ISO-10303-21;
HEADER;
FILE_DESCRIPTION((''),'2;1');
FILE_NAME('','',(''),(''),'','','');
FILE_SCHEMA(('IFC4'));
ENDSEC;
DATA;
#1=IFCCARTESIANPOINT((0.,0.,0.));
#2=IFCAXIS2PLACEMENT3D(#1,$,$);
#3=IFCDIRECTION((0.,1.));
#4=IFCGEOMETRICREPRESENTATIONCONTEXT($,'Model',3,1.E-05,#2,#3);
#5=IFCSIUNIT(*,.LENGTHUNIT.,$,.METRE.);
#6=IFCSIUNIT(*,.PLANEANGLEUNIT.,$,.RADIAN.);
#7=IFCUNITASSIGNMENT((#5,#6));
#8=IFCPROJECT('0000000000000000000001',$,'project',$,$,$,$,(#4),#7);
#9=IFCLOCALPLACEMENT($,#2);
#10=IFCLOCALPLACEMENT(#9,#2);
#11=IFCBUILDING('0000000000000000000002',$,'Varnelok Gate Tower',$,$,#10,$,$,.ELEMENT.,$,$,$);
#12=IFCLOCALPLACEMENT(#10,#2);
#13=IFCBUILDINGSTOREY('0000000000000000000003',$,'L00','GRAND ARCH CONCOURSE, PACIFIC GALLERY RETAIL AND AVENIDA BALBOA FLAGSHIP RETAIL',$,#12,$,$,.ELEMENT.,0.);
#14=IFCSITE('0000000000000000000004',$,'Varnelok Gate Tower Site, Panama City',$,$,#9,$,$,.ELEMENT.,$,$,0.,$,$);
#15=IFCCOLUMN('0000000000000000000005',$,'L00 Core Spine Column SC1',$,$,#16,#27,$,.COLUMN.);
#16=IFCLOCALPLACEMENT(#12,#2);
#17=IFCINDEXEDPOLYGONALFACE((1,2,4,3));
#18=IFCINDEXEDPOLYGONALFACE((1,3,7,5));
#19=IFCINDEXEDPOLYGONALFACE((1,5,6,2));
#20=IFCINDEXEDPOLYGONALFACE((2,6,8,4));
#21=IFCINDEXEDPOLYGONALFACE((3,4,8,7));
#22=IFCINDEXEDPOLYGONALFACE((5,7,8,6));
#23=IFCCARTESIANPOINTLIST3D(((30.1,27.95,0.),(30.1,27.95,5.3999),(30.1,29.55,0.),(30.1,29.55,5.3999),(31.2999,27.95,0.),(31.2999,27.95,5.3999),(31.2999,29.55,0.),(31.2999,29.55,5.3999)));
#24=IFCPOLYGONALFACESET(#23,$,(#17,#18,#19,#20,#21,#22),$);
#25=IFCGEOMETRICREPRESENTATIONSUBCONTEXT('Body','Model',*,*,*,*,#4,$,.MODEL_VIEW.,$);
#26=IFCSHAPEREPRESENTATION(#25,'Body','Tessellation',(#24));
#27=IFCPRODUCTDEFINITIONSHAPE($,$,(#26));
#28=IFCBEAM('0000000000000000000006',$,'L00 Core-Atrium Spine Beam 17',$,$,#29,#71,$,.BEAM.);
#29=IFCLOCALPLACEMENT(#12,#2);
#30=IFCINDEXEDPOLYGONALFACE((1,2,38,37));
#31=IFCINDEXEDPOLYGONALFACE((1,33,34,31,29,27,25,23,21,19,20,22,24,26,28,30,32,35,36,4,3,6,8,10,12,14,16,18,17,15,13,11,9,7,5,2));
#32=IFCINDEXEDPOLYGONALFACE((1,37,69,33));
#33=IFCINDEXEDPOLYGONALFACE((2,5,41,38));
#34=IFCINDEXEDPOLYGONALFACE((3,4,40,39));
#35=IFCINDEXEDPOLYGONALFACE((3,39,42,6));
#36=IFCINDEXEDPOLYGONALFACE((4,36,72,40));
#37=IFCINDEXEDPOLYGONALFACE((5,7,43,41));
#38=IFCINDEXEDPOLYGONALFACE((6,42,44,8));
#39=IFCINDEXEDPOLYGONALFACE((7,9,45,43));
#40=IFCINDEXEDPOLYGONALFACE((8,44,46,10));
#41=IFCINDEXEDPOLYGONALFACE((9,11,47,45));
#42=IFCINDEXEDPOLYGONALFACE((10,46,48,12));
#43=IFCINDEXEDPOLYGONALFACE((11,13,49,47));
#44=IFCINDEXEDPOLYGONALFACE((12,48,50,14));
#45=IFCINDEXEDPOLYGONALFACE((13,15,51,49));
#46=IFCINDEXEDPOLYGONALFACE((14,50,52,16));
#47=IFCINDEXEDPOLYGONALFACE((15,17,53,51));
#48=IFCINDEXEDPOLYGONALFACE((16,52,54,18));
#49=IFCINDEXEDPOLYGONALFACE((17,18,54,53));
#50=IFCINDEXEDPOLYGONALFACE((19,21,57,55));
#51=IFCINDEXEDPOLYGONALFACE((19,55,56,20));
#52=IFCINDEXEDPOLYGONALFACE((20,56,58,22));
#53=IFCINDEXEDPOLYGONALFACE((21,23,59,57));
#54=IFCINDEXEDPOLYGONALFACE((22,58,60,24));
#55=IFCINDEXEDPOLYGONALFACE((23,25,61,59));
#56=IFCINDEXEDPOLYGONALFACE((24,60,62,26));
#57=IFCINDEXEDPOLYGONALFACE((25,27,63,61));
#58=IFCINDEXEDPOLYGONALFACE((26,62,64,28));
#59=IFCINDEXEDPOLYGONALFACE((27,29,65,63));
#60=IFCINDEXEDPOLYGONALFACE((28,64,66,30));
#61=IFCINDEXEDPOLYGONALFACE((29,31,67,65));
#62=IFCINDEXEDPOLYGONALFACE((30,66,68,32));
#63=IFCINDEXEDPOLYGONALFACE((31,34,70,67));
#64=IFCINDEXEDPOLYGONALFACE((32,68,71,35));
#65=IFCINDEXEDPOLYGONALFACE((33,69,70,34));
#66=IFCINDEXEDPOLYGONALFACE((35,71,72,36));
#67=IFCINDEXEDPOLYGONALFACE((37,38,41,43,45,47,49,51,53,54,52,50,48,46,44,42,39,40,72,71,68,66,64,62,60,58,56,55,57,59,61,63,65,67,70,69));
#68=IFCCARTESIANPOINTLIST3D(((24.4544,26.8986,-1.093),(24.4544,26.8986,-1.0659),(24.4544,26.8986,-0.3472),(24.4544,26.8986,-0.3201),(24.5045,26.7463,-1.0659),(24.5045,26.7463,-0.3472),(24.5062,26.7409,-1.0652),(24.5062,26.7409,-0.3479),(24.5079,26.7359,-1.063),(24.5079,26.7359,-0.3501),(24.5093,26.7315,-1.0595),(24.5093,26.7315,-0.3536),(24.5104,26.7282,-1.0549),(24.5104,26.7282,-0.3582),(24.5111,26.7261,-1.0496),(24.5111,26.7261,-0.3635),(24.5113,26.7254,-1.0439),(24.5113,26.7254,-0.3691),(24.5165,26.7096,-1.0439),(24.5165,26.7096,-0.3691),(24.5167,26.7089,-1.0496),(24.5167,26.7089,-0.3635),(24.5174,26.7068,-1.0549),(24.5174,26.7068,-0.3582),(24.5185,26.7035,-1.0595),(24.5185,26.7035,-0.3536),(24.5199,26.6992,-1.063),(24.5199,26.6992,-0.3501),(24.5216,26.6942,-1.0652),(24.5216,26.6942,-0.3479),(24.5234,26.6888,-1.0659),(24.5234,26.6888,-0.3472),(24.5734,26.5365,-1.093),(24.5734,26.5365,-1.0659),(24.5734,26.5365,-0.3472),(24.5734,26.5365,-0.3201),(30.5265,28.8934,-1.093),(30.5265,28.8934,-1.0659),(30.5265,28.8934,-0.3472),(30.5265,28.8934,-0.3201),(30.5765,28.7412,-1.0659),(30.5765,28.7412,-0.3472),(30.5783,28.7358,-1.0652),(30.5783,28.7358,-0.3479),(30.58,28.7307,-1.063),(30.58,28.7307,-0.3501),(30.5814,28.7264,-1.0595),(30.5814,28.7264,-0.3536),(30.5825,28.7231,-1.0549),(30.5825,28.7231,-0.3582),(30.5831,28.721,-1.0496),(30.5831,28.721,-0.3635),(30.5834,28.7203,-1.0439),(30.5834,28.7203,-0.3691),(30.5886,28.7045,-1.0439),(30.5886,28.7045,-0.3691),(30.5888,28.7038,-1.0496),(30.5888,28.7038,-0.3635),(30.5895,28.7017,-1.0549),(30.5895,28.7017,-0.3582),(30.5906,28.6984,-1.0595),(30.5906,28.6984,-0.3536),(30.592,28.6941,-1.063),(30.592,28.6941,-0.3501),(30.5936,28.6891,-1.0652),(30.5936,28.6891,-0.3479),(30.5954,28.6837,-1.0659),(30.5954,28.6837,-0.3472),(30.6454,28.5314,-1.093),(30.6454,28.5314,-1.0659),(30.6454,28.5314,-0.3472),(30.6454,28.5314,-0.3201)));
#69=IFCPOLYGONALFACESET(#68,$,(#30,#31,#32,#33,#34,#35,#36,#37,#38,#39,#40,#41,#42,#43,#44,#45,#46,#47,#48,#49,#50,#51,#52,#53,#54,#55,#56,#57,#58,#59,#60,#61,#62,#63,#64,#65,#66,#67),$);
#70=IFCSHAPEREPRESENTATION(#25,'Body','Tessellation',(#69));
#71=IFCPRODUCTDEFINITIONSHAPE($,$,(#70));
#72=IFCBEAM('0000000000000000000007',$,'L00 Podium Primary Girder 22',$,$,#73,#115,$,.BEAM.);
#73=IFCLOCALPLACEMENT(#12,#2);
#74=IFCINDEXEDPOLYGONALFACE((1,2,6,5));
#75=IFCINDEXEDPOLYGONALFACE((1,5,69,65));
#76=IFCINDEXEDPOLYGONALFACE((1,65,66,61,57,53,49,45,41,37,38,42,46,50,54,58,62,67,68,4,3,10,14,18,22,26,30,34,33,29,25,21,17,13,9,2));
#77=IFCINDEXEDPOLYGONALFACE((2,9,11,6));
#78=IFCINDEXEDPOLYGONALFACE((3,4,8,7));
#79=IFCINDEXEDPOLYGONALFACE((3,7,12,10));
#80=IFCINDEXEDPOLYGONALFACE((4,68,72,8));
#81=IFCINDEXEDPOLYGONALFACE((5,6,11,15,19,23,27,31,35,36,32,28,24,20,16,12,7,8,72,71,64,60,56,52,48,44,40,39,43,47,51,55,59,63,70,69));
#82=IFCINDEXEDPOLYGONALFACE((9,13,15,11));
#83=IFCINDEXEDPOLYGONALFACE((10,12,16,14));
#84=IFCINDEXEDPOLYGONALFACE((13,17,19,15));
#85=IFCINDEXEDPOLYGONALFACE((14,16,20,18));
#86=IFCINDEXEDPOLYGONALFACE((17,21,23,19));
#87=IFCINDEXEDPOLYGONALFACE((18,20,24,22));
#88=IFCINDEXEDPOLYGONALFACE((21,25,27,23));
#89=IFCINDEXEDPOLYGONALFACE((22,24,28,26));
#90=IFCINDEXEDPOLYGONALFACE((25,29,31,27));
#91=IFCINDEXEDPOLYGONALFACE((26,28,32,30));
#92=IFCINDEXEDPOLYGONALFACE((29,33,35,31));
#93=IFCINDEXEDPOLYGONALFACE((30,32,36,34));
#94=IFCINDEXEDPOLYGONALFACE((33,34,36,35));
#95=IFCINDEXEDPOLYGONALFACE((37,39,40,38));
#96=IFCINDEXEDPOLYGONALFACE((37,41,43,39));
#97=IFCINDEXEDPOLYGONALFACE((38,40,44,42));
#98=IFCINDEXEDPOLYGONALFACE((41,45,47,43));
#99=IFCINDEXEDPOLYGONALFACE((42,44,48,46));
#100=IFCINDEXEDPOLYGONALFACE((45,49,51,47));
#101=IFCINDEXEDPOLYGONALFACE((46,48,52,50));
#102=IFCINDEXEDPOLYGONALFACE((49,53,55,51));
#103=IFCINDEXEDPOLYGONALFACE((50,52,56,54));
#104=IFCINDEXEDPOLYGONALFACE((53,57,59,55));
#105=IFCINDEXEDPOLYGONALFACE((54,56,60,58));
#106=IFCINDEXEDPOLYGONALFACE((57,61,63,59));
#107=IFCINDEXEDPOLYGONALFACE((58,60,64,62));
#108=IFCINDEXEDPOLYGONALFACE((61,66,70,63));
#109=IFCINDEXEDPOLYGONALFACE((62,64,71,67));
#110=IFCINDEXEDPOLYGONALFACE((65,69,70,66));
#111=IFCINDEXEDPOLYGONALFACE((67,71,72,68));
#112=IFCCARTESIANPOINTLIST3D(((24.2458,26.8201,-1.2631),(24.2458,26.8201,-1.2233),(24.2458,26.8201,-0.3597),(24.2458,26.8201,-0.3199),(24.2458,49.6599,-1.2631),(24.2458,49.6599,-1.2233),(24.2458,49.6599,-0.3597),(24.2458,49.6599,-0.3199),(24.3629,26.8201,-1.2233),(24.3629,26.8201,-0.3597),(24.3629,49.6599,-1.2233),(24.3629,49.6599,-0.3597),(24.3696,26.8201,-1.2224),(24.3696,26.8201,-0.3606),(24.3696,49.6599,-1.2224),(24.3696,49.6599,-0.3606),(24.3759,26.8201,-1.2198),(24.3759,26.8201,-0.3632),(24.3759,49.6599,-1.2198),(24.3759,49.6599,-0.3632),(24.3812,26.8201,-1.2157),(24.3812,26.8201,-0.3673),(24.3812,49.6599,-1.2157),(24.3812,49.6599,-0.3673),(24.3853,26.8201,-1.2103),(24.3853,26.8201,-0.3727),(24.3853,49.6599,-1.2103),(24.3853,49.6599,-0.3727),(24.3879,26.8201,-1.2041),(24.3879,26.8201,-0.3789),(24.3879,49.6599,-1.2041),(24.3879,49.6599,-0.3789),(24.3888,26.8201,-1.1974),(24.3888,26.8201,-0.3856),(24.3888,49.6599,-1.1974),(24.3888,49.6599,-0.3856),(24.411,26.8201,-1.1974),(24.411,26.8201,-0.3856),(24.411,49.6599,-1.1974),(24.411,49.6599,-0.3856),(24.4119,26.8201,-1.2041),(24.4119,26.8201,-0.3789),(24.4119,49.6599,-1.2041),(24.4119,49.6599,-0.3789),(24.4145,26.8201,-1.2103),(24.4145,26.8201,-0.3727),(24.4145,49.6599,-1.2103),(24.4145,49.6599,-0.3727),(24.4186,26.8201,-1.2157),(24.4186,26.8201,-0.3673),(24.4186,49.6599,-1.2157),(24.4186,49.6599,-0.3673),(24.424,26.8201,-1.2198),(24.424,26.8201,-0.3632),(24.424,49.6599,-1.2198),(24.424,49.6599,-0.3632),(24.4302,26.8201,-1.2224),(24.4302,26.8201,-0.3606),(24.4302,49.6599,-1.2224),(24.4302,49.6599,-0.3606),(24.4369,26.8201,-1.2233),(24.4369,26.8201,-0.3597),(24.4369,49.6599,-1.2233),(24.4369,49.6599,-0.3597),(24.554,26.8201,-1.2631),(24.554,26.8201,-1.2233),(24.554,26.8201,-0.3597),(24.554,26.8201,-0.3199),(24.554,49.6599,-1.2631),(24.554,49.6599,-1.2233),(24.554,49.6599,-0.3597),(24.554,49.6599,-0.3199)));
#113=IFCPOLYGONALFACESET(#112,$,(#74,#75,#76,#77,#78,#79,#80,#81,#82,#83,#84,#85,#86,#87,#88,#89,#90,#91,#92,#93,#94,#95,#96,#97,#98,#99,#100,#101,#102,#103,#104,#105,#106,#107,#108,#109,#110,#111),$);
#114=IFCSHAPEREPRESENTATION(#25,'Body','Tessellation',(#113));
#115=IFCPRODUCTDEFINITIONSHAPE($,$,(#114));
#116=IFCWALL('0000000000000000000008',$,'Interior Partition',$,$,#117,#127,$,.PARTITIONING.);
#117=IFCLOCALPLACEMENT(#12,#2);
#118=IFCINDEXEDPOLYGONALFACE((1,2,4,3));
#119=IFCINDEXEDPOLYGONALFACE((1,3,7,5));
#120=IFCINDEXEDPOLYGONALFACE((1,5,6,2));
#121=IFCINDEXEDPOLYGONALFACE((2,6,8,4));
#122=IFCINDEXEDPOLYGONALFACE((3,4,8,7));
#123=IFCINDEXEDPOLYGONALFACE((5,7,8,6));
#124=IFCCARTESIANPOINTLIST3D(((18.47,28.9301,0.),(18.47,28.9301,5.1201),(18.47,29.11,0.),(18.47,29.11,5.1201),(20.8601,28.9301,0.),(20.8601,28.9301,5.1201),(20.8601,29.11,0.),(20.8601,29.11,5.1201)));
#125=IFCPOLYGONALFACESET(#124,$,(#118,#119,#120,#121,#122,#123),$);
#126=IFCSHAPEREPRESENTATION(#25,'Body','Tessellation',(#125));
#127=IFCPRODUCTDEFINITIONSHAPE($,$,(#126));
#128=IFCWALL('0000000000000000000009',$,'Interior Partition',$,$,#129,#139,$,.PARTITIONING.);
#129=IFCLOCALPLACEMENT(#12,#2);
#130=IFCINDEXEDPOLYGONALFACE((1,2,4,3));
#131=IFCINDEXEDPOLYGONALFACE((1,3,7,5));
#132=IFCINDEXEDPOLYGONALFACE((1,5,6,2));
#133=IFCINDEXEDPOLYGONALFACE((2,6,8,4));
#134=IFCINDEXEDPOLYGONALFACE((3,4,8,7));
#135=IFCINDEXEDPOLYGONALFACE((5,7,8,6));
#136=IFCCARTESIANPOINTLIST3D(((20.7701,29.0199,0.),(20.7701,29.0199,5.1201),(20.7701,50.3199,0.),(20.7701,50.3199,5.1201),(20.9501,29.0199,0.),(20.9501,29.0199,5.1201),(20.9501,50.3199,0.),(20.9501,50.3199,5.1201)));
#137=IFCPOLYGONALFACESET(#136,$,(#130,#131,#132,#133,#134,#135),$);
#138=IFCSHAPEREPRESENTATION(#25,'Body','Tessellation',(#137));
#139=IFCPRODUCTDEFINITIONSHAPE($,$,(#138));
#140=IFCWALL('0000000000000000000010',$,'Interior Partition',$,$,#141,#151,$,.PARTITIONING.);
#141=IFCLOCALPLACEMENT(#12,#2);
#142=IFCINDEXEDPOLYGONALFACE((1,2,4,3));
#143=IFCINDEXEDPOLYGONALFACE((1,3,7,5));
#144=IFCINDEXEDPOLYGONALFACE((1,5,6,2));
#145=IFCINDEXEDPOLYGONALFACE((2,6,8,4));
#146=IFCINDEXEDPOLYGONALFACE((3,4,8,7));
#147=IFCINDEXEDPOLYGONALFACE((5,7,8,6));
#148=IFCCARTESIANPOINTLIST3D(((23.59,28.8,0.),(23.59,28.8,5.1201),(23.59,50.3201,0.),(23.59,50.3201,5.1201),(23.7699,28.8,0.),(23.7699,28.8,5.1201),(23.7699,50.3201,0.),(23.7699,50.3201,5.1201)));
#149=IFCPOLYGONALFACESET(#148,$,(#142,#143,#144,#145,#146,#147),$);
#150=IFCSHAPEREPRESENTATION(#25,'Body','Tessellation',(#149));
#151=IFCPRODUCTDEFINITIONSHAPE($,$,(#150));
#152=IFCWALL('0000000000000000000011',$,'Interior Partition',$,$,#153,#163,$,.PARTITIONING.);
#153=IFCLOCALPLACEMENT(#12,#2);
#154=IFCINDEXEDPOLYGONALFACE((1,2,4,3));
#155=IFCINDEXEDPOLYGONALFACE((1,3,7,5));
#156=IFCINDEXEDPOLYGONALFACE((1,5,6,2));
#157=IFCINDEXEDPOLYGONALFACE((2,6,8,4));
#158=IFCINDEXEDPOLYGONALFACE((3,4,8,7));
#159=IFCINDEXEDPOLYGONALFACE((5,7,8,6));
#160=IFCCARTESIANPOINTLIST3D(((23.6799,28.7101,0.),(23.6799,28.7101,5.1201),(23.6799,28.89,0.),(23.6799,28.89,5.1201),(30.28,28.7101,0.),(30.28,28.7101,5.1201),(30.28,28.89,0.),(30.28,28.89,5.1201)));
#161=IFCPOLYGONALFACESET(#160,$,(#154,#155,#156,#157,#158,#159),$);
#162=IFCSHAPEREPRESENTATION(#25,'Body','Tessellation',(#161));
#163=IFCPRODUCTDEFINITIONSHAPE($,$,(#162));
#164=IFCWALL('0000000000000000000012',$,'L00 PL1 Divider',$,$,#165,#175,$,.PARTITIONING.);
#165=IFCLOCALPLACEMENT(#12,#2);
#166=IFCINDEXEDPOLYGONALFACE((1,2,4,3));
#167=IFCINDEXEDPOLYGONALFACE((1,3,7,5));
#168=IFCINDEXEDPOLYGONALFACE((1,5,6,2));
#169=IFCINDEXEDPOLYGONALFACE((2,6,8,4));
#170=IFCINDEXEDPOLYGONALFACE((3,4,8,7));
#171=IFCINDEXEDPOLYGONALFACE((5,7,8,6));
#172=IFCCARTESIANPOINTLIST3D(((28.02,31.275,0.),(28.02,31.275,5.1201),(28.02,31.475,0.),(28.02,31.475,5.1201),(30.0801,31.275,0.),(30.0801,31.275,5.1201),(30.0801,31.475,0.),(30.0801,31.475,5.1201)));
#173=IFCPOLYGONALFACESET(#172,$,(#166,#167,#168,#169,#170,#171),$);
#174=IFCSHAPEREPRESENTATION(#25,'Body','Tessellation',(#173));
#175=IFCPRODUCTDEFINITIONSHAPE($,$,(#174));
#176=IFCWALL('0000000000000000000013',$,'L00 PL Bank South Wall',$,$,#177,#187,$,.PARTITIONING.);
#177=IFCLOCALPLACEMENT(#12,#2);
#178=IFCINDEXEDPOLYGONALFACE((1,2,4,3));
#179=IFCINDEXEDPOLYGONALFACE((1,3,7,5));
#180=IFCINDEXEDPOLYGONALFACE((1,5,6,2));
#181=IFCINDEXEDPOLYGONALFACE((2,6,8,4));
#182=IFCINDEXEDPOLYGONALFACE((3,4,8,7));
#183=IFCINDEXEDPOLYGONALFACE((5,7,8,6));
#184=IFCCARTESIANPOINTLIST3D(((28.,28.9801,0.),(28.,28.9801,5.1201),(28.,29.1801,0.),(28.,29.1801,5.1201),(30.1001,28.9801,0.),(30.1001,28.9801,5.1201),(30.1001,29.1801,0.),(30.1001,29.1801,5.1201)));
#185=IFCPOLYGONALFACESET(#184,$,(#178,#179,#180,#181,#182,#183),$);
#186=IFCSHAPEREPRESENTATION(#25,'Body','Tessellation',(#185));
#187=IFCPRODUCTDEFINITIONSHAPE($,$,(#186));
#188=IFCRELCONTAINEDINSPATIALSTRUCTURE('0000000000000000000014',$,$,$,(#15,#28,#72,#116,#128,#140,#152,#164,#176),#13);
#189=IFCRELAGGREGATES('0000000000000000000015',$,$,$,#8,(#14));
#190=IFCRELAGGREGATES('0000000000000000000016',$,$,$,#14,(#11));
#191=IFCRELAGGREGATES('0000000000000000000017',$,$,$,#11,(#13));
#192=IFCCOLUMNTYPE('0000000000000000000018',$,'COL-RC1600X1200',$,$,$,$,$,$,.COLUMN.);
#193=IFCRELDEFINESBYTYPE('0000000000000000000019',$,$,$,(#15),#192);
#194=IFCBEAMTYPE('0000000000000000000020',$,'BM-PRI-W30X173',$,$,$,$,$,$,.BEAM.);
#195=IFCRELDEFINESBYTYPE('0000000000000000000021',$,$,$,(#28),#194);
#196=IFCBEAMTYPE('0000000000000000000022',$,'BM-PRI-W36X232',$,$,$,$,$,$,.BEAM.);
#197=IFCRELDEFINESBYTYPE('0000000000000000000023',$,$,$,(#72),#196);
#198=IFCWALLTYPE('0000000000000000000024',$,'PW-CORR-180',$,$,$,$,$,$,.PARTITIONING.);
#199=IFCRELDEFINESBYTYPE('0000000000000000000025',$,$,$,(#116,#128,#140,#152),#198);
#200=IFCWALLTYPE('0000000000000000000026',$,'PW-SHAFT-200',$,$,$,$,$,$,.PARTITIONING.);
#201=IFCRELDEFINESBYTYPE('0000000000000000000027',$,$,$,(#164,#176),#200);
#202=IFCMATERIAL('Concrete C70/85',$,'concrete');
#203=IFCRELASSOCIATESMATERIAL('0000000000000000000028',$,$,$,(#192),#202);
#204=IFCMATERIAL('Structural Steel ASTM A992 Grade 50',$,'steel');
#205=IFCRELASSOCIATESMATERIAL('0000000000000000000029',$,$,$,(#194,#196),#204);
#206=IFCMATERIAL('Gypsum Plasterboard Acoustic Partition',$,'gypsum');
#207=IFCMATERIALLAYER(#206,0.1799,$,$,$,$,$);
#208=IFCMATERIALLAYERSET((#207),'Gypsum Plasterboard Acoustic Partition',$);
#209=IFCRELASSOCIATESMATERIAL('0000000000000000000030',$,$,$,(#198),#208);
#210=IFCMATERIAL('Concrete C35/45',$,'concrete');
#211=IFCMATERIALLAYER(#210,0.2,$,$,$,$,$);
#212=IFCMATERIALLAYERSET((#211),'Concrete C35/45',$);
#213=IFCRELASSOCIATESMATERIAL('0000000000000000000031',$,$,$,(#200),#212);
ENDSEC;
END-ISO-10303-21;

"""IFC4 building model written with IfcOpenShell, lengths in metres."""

from ifc_helpers import new_model, si_unit, direction, frame, frame_2d, origin, origin_2d, place, context, subcontext, project, spatial, rectangle, i_section, extrude, material, layer, layer_set, material_profile, profile_set, type_object, element, save


model = new_model("IFC4")

# Units and contexts
model_context = context("Model", 3, precision=1e-05, world=origin(), true_north=direction((0.0, 1.0)))
body_context = subcontext(model_context, "Body", "Model", "MODEL_VIEW")
ifc_project = project(units=[si_unit("LENGTHUNIT", "METRE"), si_unit("PLANEANGLEUNIT", "RADIAN")], contexts=[model_context])

# Site, building, storey
site_placement = place(None, origin())
site = spatial("IfcSite", under=ifc_project, at=site_placement, Name="Varnelok Gate Tower Site, Panama City", CompositionType="ELEMENT", RefElevation=0.0)
building_placement = place(site_placement, origin())
building = spatial("IfcBuilding", under=site, at=building_placement, Name="Varnelok Gate Tower", CompositionType="ELEMENT")
storey_placement = place(building_placement, origin())
storey = spatial("IfcBuildingStorey", under=building, at=storey_placement, Name="L00", Description="GRAND ARCH CONCOURSE, PACIFIC GALLERY RETAIL AND AVENIDA BALBOA FLAGSHIP RETAIL", CompositionType="ELEMENT", Elevation=0.0)

# Column
ifc_material_1 = material(Name="Concrete C70/85", Category="concrete")
ifc_material_profile_1 = material_profile(ifc_material_1, rectangle(XDim=1.2, YDim=1.6001, at=origin_2d()), Name="RC1600X1200")
ifc_profile_set_1 = profile_set([ifc_material_profile_1], Name="Concrete C70/85")
column_type = type_object("IfcColumnType", Name="COL-RC1600X1200", PredefinedType="COLUMN", material=ifc_profile_set_1)
column_placement = place(storey_placement, frame((30.7, 28.75, 0.0), z_axis=(0.0, 0.0, 1.0), x_axis=(1.0, 0.0, 0.0)))
element("IfcColumn", 1, at=column_placement, inside=storey, type_object=column_type, Name="L00 Core Spine Column SC1", PredefinedType="COLUMN", context=body_context, shape_type="SweptSolid", body=[
    extrude(rectangle(XDim=1.2, YDim=1.6001, at=origin_2d()), origin(), (0.0, 0.0, 1.0), 5.3999),
])

# Beams
ifc_material_2 = material(Name="Structural Steel ASTM A992 Grade 50", Category="steel")
ifc_material_profile_2 = material_profile(ifc_material_2, i_section(OverallWidth=0.3811, OverallDepth=0.7729, WebThickness=0.0166, FlangeThickness=0.0271, FilletRadius=0.022, at=origin_2d()), Name="W30X173")
ifc_profile_set_2 = profile_set([ifc_material_profile_2], Name="Structural Steel ASTM A992 Grade 50")
beam_type_1 = type_object("IfcBeamType", Name="BM-PRI-W30X173", PredefinedType="BEAM", material=ifc_profile_set_2)
beam_1_placement = place(storey_placement, frame((24.5139, 26.7175, -0.7065), z_axis=(0.950042, 0.312122, 0.0), x_axis=(-0.312122, 0.950042, 0.0)))
element("IfcBeam", 2, at=beam_1_placement, inside=storey, type_object=beam_type_1, Name="L00 Core-Atrium Spine Beam 17", PredefinedType="BEAM", context=body_context, shape_type="SweptSolid", body=[
    extrude(i_section(OverallWidth=0.3811, OverallDepth=0.7729, WebThickness=0.0166, FlangeThickness=0.0271, FilletRadius=0.022, at=origin_2d()), origin(), (0.0, 0.0, 1.0), 6.3914),
])
ifc_material_profile_3 = material_profile(ifc_material_2, i_section(OverallWidth=0.3081, OverallDepth=0.9431, WebThickness=0.0222, FlangeThickness=0.0398, FilletRadius=0.0259, at=origin_2d()), Name="W36X232")
ifc_profile_set_3 = profile_set([ifc_material_profile_3], Name="Structural Steel ASTM A992 Grade 50")
beam_type_2 = type_object("IfcBeamType", Name="BM-PRI-W36X232", PredefinedType="BEAM", material=ifc_profile_set_3)
beam_2_placement = place(storey_placement, frame((24.3999, 26.8201, -0.7915), z_axis=(0.0, 1.0, 0.0), x_axis=(-1.0, 0.0, 0.0)))
element("IfcBeam", 3, at=beam_2_placement, inside=storey, type_object=beam_type_2, Name="L00 Podium Primary Girder 22", PredefinedType="BEAM", context=body_context, shape_type="SweptSolid", body=[
    extrude(i_section(OverallWidth=0.3081, OverallDepth=0.9431, WebThickness=0.0222, FlangeThickness=0.0398, FilletRadius=0.0259, at=origin_2d()), origin(), (0.0, 0.0, 1.0), 22.8398),
])

# Walls
ifc_material_3 = material(Name="Gypsum Plasterboard Acoustic Partition", Category="gypsum")
ifc_layer_1 = layer(ifc_material_3, 0.1799)
ifc_layer_set_1 = layer_set([ifc_layer_1], Name="Gypsum Plasterboard Acoustic Partition")
wall_type_1 = type_object("IfcWallType", Name="PW-CORR-180", PredefinedType="PARTITIONING", material=ifc_layer_set_1)
wall_1_placement = place(storey_placement, frame((18.47, 29.02, 0.0), z_axis=(0.0, 0.0, 1.0), x_axis=(1.0, 0.0, 0.0)))
element("IfcWall", 4, at=wall_1_placement, inside=storey, type_object=wall_type_1, Name="Interior Partition", PredefinedType="PARTITIONING", context=body_context, shape_type="SweptSolid", body=[
    extrude(rectangle(XDim=2.3901, YDim=0.1799, at=frame_2d((1.1951, 0.0))), origin(), (0.0, 0.0, 1.0), 5.1201),
])
wall_2_placement = place(storey_placement, frame((20.8601, 29.02, 0.0), z_axis=(0.0, 0.0, 1.0), x_axis=(0.0, 1.0, 0.0)))
element("IfcWall", 5, at=wall_2_placement, inside=storey, type_object=wall_type_1, Name="Interior Partition", PredefinedType="PARTITIONING", context=body_context, shape_type="SweptSolid", body=[
    extrude(rectangle(XDim=21.3, YDim=0.1799, at=frame_2d((10.6499, 0.0))), origin(), (0.0, 0.0, 1.0), 5.1201),
])
wall_3_placement = place(storey_placement, frame((23.6799, 28.8, 0.0), z_axis=(0.0, 0.0, 1.0), x_axis=(0.0, 1.0, 0.0)))
element("IfcWall", 6, at=wall_3_placement, inside=storey, type_object=wall_type_1, Name="Interior Partition", PredefinedType="PARTITIONING", context=body_context, shape_type="SweptSolid", body=[
    extrude(rectangle(XDim=21.52, YDim=0.1799, at=frame_2d((10.76, 0.0))), origin(), (0.0, 0.0, 1.0), 5.1201),
])
wall_4_placement = place(storey_placement, frame((23.6799, 28.8, 0.0), z_axis=(0.0, 0.0, 1.0), x_axis=(1.0, 0.0, 0.0)))
element("IfcWall", 7, at=wall_4_placement, inside=storey, type_object=wall_type_1, Name="Interior Partition", PredefinedType="PARTITIONING", context=body_context, shape_type="SweptSolid", body=[
    extrude(rectangle(XDim=6.6001, YDim=0.1799, at=frame_2d((3.3, 0.0))), origin(), (0.0, 0.0, 1.0), 5.1201),
])
ifc_material_4 = material(Name="Concrete C35/45", Category="concrete")
ifc_layer_2 = layer(ifc_material_4, 0.2)
ifc_layer_set_2 = layer_set([ifc_layer_2], Name="Concrete C35/45")
wall_type_2 = type_object("IfcWallType", Name="PW-SHAFT-200", PredefinedType="PARTITIONING", material=ifc_layer_set_2)
wall_5_placement = place(storey_placement, frame((28.02, 31.375, 0.0), z_axis=(0.0, 0.0, 1.0), x_axis=(1.0, 0.0, 0.0)))
element("IfcWall", 8, at=wall_5_placement, inside=storey, type_object=wall_type_2, Name="L00 PL1 Divider", PredefinedType="PARTITIONING", context=body_context, shape_type="SweptSolid", body=[
    extrude(rectangle(XDim=2.0601, YDim=0.2, at=frame_2d((1.03, 0.0))), origin(), (0.0, 0.0, 1.0), 5.1201),
])
wall_6_placement = place(storey_placement, frame((28.0, 29.0801, 0.0), z_axis=(0.0, 0.0, 1.0), x_axis=(1.0, 0.0, 0.0)))
element("IfcWall", 9, at=wall_6_placement, inside=storey, type_object=wall_type_2, Name="L00 PL Bank South Wall", PredefinedType="PARTITIONING", context=body_context, shape_type="SweptSolid", body=[
    extrude(rectangle(XDim=2.1001, YDim=0.2, at=frame_2d((1.05, 0.0))), origin(), (0.0, 0.0, 1.0), 5.1201),
])

save(model, "model.ifc")
